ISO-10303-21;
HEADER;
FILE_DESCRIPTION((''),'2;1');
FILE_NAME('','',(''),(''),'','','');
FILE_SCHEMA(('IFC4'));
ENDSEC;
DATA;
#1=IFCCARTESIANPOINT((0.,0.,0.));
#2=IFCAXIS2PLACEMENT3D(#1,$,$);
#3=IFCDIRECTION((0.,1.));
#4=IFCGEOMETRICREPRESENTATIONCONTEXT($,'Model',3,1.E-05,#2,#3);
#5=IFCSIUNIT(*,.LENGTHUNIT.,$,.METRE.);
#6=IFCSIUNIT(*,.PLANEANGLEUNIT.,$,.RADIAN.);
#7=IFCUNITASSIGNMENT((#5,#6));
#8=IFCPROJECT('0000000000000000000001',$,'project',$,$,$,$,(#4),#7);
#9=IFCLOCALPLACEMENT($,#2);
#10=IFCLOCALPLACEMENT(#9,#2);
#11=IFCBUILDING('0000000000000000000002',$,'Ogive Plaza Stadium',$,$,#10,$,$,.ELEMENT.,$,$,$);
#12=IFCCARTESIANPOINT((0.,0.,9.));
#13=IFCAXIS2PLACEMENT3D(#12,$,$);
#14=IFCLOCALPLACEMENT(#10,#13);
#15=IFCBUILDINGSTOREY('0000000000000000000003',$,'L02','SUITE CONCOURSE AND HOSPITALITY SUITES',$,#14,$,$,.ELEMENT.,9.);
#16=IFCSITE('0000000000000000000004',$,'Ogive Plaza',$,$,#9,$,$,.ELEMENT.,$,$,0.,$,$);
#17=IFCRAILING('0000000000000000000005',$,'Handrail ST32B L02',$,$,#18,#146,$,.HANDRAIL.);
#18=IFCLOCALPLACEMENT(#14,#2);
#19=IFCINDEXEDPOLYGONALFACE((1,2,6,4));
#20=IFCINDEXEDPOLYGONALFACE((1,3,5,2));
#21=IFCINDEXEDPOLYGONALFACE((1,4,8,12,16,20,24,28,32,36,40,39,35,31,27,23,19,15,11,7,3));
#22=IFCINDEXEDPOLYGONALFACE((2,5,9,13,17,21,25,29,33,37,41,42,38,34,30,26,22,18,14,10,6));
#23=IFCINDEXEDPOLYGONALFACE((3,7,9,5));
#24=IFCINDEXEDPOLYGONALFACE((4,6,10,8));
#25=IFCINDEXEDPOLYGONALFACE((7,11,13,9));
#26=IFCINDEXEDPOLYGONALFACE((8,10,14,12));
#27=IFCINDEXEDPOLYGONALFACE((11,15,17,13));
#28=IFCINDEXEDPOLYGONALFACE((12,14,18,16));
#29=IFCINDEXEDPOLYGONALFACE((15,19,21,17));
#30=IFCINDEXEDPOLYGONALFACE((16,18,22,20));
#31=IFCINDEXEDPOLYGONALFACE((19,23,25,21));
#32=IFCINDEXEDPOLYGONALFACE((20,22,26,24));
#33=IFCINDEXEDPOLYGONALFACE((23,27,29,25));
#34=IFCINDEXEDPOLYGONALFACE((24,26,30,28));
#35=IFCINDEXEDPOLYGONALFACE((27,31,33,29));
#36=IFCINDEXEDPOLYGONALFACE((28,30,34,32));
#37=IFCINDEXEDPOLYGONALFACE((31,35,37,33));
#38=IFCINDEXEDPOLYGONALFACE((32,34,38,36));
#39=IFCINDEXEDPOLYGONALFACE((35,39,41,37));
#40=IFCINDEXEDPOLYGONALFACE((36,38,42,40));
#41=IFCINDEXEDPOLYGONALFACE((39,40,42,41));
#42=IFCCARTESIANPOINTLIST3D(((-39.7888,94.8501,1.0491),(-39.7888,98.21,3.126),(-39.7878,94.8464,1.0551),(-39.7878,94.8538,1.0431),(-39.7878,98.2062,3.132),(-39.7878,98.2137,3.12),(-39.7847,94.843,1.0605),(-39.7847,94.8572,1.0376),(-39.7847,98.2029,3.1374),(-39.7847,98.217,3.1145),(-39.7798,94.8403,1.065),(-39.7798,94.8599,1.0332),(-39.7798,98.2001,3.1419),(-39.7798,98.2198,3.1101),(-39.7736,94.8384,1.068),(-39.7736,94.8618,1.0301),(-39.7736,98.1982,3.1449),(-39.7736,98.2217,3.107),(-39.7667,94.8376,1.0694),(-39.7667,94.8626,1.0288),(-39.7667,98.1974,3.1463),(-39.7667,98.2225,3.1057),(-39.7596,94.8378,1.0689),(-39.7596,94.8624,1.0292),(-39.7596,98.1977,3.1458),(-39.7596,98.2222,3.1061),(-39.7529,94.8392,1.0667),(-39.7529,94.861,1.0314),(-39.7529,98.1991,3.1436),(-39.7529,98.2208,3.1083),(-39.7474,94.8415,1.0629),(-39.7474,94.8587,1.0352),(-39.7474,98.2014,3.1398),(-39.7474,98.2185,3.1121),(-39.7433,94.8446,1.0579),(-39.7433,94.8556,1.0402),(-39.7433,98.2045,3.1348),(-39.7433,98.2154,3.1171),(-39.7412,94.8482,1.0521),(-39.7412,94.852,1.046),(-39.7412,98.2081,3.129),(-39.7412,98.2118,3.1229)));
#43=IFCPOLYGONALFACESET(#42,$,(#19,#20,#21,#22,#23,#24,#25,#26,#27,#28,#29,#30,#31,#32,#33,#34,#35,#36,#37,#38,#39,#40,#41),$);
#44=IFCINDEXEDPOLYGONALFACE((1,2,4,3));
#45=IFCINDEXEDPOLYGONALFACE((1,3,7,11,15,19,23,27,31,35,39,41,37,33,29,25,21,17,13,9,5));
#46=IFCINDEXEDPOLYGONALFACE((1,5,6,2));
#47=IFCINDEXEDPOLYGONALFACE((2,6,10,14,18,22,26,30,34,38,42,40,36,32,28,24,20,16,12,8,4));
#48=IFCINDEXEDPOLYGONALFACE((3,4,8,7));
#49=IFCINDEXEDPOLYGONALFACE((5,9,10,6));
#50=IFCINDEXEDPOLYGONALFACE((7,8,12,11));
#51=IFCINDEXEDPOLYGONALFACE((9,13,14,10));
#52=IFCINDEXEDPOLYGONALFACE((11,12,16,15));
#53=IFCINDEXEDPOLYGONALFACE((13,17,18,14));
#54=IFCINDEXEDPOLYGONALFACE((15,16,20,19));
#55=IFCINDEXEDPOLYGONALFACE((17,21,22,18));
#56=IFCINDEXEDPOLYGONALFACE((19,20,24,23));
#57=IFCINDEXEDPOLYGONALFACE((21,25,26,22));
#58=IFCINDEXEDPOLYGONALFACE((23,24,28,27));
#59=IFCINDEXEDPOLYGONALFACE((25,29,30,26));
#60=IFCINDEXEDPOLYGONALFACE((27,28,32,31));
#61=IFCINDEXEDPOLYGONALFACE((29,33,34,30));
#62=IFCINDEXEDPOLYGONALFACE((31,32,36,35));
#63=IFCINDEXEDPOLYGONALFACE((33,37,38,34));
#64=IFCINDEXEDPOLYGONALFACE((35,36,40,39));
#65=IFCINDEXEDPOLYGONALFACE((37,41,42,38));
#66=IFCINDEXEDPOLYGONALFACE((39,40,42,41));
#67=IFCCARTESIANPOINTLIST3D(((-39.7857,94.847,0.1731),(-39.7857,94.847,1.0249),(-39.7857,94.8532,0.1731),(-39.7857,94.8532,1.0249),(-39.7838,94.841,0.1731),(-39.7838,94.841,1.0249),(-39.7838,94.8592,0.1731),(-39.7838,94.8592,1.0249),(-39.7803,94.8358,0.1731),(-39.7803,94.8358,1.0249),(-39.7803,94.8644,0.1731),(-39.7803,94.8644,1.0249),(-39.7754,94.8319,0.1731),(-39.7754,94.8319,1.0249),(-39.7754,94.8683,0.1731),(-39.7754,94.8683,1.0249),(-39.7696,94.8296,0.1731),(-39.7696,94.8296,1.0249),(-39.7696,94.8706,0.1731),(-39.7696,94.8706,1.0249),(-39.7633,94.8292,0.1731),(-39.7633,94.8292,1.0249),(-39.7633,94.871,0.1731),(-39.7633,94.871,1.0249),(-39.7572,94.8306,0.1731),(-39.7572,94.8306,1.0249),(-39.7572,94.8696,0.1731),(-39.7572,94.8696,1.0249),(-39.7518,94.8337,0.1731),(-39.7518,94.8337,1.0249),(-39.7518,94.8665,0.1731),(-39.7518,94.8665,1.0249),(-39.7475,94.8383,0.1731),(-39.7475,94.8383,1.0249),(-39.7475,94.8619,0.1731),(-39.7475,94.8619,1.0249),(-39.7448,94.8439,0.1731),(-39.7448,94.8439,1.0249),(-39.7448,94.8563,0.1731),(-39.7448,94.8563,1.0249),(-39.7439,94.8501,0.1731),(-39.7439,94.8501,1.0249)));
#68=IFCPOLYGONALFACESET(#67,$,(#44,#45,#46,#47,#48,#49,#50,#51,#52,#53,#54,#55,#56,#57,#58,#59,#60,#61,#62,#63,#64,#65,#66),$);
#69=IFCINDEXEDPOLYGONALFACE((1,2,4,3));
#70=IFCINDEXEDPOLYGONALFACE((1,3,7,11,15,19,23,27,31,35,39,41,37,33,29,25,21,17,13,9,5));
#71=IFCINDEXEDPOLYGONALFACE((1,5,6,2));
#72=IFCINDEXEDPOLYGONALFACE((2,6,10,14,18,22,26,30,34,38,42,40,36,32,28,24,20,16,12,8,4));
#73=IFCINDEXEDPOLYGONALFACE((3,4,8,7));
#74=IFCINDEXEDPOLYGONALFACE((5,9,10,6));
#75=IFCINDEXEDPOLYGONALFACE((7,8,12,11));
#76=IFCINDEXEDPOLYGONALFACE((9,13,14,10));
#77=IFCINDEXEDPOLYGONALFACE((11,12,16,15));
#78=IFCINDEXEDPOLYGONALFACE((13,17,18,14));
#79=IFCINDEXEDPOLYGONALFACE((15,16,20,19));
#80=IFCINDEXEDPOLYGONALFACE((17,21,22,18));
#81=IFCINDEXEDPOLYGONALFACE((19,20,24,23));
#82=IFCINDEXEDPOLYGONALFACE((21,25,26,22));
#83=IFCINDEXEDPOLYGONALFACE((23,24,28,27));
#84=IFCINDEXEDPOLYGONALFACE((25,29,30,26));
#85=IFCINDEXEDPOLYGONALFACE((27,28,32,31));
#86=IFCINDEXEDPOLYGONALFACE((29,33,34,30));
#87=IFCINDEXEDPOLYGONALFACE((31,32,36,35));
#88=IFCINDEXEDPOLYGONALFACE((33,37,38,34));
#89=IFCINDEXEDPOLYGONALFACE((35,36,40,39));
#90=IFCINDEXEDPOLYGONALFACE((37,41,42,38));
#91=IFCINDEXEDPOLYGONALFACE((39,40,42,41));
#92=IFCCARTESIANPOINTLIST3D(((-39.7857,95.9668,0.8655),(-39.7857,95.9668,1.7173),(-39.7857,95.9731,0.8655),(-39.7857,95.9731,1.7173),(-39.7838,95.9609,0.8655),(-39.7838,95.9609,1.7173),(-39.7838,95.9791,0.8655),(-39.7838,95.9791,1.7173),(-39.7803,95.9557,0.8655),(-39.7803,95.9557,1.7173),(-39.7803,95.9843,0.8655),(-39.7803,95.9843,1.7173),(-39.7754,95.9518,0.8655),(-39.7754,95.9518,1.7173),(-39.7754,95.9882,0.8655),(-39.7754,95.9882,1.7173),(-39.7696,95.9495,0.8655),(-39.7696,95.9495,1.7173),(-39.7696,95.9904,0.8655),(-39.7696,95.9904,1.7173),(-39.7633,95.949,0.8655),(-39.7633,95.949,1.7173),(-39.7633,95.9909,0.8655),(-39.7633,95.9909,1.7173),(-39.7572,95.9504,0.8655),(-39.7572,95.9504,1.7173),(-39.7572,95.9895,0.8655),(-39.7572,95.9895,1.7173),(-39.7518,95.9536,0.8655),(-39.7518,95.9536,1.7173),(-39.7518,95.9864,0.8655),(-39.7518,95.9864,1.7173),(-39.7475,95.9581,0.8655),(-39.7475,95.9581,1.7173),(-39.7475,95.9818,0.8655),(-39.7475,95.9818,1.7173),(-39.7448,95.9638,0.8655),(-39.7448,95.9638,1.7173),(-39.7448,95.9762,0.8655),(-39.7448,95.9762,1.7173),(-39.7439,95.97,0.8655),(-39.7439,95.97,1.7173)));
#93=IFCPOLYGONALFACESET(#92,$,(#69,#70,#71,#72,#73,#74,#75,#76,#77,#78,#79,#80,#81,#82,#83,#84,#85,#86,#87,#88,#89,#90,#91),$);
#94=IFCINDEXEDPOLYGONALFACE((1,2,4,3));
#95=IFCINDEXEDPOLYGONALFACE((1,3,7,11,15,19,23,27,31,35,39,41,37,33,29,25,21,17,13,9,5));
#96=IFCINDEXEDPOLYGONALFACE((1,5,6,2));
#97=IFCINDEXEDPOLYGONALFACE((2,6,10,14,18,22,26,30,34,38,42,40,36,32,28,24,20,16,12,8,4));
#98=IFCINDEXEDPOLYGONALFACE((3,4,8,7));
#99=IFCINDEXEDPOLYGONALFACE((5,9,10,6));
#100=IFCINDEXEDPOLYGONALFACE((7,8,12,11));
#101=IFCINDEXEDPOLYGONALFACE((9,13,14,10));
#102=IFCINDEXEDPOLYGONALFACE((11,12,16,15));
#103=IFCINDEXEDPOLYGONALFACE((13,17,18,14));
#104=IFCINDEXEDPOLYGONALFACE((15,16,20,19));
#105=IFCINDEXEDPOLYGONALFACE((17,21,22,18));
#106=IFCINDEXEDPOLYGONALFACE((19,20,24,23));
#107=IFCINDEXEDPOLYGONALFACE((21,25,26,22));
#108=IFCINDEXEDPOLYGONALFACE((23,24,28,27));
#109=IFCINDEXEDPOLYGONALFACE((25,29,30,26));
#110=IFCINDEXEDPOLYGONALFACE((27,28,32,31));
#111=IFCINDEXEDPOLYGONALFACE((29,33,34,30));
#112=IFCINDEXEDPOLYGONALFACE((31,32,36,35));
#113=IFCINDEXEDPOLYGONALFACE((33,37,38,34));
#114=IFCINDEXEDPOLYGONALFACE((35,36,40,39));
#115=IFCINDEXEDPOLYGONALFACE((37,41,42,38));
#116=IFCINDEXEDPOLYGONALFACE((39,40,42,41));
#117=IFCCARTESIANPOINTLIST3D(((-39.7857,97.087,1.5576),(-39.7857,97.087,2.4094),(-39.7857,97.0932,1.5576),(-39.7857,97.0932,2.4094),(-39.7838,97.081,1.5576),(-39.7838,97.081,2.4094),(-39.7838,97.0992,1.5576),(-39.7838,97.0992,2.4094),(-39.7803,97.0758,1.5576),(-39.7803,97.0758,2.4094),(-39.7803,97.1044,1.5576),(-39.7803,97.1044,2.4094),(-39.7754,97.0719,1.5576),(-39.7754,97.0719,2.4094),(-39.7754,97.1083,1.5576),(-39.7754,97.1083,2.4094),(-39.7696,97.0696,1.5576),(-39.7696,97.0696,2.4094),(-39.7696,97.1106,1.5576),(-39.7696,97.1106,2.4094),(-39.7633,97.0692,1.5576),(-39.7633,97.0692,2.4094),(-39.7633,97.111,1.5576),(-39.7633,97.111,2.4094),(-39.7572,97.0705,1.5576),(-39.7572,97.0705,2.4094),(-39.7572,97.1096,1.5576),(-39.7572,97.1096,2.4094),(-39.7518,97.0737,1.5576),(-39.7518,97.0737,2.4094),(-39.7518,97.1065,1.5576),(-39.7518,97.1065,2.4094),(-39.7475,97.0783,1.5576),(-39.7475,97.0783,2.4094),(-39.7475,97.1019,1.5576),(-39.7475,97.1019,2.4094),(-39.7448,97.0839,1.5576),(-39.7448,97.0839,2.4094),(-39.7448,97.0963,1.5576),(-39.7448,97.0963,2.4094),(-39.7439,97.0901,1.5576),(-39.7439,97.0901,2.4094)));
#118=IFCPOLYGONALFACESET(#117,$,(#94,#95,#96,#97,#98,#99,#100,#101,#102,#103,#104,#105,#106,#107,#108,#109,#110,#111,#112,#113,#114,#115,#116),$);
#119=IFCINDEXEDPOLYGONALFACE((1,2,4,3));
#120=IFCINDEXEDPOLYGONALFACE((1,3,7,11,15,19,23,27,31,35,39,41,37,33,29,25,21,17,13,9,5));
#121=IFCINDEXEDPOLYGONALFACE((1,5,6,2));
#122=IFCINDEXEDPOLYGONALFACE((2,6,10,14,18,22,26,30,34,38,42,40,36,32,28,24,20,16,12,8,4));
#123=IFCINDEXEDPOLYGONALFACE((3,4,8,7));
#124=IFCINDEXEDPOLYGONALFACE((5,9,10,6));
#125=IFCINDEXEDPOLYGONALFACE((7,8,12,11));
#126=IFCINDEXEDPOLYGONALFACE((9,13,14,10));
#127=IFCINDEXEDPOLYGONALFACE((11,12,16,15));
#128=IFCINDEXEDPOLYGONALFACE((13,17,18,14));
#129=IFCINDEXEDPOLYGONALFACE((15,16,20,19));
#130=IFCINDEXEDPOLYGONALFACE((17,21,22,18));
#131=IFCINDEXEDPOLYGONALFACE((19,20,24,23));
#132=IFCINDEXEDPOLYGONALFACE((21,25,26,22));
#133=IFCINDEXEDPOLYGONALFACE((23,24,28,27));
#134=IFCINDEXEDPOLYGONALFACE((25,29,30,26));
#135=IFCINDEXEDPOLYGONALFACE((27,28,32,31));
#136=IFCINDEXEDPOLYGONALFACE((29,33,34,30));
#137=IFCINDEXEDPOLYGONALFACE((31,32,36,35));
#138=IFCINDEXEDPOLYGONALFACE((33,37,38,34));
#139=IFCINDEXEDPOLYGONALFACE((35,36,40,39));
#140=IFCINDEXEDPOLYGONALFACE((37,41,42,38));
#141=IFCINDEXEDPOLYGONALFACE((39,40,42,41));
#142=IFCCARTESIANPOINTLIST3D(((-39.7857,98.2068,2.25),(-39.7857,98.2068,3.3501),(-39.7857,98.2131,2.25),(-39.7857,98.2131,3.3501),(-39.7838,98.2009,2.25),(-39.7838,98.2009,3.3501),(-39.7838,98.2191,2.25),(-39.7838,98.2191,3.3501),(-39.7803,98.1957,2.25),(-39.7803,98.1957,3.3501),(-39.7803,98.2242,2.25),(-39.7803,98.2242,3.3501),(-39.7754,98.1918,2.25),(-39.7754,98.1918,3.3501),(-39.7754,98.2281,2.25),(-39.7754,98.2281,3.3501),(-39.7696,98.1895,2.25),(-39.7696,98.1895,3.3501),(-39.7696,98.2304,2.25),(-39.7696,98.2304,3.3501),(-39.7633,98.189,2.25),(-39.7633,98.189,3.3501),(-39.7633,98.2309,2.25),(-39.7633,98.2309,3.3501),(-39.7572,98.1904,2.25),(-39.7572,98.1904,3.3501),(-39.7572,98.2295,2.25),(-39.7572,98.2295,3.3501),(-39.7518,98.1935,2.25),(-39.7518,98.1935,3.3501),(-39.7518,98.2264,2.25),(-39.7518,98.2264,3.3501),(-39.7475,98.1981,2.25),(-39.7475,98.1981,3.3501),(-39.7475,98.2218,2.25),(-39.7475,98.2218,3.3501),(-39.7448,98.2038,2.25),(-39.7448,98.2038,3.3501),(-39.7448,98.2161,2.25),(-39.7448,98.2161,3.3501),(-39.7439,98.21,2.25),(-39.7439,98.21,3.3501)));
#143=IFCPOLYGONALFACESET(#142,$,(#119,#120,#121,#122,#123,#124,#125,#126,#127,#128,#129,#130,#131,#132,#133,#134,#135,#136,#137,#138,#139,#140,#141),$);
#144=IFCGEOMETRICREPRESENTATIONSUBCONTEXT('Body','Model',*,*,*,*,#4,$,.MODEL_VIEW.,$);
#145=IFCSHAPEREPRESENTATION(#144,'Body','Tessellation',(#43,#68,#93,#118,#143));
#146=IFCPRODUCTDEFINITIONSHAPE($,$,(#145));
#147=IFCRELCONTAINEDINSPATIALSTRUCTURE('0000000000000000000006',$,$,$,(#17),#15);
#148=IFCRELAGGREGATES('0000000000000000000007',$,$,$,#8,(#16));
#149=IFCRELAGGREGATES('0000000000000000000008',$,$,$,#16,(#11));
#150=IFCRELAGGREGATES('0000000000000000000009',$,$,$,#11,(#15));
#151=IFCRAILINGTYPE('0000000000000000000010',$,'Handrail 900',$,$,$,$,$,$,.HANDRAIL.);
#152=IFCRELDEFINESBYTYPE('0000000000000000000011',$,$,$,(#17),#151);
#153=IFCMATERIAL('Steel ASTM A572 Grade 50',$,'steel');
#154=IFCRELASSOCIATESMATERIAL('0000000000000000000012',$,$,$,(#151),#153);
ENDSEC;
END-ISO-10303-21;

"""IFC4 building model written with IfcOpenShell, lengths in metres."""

from ifc_helpers import new_model, si_unit, direction, frame, origin, origin_2d, place, context, subcontext, project, spatial, circle, extrude, material, type_object, element, save


model = new_model("IFC4")

# Units and contexts
model_context = context("Model", 3, precision=1e-05, world=origin(), true_north=direction((0.0, 1.0)))
body_context = subcontext(model_context, "Body", "Model", "MODEL_VIEW")
ifc_project = project(units=[si_unit("LENGTHUNIT", "METRE"), si_unit("PLANEANGLEUNIT", "RADIAN")], contexts=[model_context])

# Site, building, storey
site_placement = place(None, origin())
site = spatial("IfcSite", under=ifc_project, at=site_placement, Name="Ogive Plaza", CompositionType="ELEMENT", RefElevation=0.0)
building_placement = place(site_placement, origin())
building = spatial("IfcBuilding", under=site, at=building_placement, Name="Ogive Plaza Stadium", CompositionType="ELEMENT")
storey_placement = place(building_placement, frame((0.0, 0.0, 9.0)))
storey = spatial("IfcBuildingStorey", under=building, at=storey_placement, Name="L02", Description="SUITE CONCOURSE AND HOSPITALITY SUITES", CompositionType="ELEMENT", Elevation=9.0)

# Railing
ifc_material_1 = material(Name="Steel ASTM A572 Grade 50", Category="steel")
railing_type_1 = type_object("IfcRailingType", Name="Handrail 900", PredefinedType="HANDRAIL", material=ifc_material_1)
for number, where, name in (
    (1, (-39.7649, 94.8501, 0.1731), "Handrail ST32B L02"),
):
    element("IfcRailing", number, at=place(storey_placement, frame(where)), inside=storey, type_object=railing_type_1, Name=name, PredefinedType="HANDRAIL", context=body_context, shape_type="SweptSolid", body=[
        extrude(circle(Radius=0.0239, at=origin_2d()), frame((0.0, 0.0, 0.876), z_axis=(0.0, 0.850606, 0.525803), x_axis=(-1.0, 0.0, 0.0)), (0.0, 0.0, 1.0), 3.95),
        extrude(circle(Radius=0.021, at=origin_2d()), origin(), (0.0, 0.0, 1.0), 0.8518),
        extrude(circle(Radius=0.021, at=origin_2d()), frame((0.0, 1.1199, 0.6924)), (0.0, 0.0, 1.0), 0.8518),
        extrude(circle(Radius=0.021, at=origin_2d()), frame((0.0, 2.24, 1.3845)), (0.0, 0.0, 1.0), 0.8518),
        extrude(circle(Radius=0.021, at=origin_2d()), frame((0.0, 3.3599, 2.0769)), (0.0, 0.0, 1.0), 1.1001),
    ])

save(model, "model.ifc")
